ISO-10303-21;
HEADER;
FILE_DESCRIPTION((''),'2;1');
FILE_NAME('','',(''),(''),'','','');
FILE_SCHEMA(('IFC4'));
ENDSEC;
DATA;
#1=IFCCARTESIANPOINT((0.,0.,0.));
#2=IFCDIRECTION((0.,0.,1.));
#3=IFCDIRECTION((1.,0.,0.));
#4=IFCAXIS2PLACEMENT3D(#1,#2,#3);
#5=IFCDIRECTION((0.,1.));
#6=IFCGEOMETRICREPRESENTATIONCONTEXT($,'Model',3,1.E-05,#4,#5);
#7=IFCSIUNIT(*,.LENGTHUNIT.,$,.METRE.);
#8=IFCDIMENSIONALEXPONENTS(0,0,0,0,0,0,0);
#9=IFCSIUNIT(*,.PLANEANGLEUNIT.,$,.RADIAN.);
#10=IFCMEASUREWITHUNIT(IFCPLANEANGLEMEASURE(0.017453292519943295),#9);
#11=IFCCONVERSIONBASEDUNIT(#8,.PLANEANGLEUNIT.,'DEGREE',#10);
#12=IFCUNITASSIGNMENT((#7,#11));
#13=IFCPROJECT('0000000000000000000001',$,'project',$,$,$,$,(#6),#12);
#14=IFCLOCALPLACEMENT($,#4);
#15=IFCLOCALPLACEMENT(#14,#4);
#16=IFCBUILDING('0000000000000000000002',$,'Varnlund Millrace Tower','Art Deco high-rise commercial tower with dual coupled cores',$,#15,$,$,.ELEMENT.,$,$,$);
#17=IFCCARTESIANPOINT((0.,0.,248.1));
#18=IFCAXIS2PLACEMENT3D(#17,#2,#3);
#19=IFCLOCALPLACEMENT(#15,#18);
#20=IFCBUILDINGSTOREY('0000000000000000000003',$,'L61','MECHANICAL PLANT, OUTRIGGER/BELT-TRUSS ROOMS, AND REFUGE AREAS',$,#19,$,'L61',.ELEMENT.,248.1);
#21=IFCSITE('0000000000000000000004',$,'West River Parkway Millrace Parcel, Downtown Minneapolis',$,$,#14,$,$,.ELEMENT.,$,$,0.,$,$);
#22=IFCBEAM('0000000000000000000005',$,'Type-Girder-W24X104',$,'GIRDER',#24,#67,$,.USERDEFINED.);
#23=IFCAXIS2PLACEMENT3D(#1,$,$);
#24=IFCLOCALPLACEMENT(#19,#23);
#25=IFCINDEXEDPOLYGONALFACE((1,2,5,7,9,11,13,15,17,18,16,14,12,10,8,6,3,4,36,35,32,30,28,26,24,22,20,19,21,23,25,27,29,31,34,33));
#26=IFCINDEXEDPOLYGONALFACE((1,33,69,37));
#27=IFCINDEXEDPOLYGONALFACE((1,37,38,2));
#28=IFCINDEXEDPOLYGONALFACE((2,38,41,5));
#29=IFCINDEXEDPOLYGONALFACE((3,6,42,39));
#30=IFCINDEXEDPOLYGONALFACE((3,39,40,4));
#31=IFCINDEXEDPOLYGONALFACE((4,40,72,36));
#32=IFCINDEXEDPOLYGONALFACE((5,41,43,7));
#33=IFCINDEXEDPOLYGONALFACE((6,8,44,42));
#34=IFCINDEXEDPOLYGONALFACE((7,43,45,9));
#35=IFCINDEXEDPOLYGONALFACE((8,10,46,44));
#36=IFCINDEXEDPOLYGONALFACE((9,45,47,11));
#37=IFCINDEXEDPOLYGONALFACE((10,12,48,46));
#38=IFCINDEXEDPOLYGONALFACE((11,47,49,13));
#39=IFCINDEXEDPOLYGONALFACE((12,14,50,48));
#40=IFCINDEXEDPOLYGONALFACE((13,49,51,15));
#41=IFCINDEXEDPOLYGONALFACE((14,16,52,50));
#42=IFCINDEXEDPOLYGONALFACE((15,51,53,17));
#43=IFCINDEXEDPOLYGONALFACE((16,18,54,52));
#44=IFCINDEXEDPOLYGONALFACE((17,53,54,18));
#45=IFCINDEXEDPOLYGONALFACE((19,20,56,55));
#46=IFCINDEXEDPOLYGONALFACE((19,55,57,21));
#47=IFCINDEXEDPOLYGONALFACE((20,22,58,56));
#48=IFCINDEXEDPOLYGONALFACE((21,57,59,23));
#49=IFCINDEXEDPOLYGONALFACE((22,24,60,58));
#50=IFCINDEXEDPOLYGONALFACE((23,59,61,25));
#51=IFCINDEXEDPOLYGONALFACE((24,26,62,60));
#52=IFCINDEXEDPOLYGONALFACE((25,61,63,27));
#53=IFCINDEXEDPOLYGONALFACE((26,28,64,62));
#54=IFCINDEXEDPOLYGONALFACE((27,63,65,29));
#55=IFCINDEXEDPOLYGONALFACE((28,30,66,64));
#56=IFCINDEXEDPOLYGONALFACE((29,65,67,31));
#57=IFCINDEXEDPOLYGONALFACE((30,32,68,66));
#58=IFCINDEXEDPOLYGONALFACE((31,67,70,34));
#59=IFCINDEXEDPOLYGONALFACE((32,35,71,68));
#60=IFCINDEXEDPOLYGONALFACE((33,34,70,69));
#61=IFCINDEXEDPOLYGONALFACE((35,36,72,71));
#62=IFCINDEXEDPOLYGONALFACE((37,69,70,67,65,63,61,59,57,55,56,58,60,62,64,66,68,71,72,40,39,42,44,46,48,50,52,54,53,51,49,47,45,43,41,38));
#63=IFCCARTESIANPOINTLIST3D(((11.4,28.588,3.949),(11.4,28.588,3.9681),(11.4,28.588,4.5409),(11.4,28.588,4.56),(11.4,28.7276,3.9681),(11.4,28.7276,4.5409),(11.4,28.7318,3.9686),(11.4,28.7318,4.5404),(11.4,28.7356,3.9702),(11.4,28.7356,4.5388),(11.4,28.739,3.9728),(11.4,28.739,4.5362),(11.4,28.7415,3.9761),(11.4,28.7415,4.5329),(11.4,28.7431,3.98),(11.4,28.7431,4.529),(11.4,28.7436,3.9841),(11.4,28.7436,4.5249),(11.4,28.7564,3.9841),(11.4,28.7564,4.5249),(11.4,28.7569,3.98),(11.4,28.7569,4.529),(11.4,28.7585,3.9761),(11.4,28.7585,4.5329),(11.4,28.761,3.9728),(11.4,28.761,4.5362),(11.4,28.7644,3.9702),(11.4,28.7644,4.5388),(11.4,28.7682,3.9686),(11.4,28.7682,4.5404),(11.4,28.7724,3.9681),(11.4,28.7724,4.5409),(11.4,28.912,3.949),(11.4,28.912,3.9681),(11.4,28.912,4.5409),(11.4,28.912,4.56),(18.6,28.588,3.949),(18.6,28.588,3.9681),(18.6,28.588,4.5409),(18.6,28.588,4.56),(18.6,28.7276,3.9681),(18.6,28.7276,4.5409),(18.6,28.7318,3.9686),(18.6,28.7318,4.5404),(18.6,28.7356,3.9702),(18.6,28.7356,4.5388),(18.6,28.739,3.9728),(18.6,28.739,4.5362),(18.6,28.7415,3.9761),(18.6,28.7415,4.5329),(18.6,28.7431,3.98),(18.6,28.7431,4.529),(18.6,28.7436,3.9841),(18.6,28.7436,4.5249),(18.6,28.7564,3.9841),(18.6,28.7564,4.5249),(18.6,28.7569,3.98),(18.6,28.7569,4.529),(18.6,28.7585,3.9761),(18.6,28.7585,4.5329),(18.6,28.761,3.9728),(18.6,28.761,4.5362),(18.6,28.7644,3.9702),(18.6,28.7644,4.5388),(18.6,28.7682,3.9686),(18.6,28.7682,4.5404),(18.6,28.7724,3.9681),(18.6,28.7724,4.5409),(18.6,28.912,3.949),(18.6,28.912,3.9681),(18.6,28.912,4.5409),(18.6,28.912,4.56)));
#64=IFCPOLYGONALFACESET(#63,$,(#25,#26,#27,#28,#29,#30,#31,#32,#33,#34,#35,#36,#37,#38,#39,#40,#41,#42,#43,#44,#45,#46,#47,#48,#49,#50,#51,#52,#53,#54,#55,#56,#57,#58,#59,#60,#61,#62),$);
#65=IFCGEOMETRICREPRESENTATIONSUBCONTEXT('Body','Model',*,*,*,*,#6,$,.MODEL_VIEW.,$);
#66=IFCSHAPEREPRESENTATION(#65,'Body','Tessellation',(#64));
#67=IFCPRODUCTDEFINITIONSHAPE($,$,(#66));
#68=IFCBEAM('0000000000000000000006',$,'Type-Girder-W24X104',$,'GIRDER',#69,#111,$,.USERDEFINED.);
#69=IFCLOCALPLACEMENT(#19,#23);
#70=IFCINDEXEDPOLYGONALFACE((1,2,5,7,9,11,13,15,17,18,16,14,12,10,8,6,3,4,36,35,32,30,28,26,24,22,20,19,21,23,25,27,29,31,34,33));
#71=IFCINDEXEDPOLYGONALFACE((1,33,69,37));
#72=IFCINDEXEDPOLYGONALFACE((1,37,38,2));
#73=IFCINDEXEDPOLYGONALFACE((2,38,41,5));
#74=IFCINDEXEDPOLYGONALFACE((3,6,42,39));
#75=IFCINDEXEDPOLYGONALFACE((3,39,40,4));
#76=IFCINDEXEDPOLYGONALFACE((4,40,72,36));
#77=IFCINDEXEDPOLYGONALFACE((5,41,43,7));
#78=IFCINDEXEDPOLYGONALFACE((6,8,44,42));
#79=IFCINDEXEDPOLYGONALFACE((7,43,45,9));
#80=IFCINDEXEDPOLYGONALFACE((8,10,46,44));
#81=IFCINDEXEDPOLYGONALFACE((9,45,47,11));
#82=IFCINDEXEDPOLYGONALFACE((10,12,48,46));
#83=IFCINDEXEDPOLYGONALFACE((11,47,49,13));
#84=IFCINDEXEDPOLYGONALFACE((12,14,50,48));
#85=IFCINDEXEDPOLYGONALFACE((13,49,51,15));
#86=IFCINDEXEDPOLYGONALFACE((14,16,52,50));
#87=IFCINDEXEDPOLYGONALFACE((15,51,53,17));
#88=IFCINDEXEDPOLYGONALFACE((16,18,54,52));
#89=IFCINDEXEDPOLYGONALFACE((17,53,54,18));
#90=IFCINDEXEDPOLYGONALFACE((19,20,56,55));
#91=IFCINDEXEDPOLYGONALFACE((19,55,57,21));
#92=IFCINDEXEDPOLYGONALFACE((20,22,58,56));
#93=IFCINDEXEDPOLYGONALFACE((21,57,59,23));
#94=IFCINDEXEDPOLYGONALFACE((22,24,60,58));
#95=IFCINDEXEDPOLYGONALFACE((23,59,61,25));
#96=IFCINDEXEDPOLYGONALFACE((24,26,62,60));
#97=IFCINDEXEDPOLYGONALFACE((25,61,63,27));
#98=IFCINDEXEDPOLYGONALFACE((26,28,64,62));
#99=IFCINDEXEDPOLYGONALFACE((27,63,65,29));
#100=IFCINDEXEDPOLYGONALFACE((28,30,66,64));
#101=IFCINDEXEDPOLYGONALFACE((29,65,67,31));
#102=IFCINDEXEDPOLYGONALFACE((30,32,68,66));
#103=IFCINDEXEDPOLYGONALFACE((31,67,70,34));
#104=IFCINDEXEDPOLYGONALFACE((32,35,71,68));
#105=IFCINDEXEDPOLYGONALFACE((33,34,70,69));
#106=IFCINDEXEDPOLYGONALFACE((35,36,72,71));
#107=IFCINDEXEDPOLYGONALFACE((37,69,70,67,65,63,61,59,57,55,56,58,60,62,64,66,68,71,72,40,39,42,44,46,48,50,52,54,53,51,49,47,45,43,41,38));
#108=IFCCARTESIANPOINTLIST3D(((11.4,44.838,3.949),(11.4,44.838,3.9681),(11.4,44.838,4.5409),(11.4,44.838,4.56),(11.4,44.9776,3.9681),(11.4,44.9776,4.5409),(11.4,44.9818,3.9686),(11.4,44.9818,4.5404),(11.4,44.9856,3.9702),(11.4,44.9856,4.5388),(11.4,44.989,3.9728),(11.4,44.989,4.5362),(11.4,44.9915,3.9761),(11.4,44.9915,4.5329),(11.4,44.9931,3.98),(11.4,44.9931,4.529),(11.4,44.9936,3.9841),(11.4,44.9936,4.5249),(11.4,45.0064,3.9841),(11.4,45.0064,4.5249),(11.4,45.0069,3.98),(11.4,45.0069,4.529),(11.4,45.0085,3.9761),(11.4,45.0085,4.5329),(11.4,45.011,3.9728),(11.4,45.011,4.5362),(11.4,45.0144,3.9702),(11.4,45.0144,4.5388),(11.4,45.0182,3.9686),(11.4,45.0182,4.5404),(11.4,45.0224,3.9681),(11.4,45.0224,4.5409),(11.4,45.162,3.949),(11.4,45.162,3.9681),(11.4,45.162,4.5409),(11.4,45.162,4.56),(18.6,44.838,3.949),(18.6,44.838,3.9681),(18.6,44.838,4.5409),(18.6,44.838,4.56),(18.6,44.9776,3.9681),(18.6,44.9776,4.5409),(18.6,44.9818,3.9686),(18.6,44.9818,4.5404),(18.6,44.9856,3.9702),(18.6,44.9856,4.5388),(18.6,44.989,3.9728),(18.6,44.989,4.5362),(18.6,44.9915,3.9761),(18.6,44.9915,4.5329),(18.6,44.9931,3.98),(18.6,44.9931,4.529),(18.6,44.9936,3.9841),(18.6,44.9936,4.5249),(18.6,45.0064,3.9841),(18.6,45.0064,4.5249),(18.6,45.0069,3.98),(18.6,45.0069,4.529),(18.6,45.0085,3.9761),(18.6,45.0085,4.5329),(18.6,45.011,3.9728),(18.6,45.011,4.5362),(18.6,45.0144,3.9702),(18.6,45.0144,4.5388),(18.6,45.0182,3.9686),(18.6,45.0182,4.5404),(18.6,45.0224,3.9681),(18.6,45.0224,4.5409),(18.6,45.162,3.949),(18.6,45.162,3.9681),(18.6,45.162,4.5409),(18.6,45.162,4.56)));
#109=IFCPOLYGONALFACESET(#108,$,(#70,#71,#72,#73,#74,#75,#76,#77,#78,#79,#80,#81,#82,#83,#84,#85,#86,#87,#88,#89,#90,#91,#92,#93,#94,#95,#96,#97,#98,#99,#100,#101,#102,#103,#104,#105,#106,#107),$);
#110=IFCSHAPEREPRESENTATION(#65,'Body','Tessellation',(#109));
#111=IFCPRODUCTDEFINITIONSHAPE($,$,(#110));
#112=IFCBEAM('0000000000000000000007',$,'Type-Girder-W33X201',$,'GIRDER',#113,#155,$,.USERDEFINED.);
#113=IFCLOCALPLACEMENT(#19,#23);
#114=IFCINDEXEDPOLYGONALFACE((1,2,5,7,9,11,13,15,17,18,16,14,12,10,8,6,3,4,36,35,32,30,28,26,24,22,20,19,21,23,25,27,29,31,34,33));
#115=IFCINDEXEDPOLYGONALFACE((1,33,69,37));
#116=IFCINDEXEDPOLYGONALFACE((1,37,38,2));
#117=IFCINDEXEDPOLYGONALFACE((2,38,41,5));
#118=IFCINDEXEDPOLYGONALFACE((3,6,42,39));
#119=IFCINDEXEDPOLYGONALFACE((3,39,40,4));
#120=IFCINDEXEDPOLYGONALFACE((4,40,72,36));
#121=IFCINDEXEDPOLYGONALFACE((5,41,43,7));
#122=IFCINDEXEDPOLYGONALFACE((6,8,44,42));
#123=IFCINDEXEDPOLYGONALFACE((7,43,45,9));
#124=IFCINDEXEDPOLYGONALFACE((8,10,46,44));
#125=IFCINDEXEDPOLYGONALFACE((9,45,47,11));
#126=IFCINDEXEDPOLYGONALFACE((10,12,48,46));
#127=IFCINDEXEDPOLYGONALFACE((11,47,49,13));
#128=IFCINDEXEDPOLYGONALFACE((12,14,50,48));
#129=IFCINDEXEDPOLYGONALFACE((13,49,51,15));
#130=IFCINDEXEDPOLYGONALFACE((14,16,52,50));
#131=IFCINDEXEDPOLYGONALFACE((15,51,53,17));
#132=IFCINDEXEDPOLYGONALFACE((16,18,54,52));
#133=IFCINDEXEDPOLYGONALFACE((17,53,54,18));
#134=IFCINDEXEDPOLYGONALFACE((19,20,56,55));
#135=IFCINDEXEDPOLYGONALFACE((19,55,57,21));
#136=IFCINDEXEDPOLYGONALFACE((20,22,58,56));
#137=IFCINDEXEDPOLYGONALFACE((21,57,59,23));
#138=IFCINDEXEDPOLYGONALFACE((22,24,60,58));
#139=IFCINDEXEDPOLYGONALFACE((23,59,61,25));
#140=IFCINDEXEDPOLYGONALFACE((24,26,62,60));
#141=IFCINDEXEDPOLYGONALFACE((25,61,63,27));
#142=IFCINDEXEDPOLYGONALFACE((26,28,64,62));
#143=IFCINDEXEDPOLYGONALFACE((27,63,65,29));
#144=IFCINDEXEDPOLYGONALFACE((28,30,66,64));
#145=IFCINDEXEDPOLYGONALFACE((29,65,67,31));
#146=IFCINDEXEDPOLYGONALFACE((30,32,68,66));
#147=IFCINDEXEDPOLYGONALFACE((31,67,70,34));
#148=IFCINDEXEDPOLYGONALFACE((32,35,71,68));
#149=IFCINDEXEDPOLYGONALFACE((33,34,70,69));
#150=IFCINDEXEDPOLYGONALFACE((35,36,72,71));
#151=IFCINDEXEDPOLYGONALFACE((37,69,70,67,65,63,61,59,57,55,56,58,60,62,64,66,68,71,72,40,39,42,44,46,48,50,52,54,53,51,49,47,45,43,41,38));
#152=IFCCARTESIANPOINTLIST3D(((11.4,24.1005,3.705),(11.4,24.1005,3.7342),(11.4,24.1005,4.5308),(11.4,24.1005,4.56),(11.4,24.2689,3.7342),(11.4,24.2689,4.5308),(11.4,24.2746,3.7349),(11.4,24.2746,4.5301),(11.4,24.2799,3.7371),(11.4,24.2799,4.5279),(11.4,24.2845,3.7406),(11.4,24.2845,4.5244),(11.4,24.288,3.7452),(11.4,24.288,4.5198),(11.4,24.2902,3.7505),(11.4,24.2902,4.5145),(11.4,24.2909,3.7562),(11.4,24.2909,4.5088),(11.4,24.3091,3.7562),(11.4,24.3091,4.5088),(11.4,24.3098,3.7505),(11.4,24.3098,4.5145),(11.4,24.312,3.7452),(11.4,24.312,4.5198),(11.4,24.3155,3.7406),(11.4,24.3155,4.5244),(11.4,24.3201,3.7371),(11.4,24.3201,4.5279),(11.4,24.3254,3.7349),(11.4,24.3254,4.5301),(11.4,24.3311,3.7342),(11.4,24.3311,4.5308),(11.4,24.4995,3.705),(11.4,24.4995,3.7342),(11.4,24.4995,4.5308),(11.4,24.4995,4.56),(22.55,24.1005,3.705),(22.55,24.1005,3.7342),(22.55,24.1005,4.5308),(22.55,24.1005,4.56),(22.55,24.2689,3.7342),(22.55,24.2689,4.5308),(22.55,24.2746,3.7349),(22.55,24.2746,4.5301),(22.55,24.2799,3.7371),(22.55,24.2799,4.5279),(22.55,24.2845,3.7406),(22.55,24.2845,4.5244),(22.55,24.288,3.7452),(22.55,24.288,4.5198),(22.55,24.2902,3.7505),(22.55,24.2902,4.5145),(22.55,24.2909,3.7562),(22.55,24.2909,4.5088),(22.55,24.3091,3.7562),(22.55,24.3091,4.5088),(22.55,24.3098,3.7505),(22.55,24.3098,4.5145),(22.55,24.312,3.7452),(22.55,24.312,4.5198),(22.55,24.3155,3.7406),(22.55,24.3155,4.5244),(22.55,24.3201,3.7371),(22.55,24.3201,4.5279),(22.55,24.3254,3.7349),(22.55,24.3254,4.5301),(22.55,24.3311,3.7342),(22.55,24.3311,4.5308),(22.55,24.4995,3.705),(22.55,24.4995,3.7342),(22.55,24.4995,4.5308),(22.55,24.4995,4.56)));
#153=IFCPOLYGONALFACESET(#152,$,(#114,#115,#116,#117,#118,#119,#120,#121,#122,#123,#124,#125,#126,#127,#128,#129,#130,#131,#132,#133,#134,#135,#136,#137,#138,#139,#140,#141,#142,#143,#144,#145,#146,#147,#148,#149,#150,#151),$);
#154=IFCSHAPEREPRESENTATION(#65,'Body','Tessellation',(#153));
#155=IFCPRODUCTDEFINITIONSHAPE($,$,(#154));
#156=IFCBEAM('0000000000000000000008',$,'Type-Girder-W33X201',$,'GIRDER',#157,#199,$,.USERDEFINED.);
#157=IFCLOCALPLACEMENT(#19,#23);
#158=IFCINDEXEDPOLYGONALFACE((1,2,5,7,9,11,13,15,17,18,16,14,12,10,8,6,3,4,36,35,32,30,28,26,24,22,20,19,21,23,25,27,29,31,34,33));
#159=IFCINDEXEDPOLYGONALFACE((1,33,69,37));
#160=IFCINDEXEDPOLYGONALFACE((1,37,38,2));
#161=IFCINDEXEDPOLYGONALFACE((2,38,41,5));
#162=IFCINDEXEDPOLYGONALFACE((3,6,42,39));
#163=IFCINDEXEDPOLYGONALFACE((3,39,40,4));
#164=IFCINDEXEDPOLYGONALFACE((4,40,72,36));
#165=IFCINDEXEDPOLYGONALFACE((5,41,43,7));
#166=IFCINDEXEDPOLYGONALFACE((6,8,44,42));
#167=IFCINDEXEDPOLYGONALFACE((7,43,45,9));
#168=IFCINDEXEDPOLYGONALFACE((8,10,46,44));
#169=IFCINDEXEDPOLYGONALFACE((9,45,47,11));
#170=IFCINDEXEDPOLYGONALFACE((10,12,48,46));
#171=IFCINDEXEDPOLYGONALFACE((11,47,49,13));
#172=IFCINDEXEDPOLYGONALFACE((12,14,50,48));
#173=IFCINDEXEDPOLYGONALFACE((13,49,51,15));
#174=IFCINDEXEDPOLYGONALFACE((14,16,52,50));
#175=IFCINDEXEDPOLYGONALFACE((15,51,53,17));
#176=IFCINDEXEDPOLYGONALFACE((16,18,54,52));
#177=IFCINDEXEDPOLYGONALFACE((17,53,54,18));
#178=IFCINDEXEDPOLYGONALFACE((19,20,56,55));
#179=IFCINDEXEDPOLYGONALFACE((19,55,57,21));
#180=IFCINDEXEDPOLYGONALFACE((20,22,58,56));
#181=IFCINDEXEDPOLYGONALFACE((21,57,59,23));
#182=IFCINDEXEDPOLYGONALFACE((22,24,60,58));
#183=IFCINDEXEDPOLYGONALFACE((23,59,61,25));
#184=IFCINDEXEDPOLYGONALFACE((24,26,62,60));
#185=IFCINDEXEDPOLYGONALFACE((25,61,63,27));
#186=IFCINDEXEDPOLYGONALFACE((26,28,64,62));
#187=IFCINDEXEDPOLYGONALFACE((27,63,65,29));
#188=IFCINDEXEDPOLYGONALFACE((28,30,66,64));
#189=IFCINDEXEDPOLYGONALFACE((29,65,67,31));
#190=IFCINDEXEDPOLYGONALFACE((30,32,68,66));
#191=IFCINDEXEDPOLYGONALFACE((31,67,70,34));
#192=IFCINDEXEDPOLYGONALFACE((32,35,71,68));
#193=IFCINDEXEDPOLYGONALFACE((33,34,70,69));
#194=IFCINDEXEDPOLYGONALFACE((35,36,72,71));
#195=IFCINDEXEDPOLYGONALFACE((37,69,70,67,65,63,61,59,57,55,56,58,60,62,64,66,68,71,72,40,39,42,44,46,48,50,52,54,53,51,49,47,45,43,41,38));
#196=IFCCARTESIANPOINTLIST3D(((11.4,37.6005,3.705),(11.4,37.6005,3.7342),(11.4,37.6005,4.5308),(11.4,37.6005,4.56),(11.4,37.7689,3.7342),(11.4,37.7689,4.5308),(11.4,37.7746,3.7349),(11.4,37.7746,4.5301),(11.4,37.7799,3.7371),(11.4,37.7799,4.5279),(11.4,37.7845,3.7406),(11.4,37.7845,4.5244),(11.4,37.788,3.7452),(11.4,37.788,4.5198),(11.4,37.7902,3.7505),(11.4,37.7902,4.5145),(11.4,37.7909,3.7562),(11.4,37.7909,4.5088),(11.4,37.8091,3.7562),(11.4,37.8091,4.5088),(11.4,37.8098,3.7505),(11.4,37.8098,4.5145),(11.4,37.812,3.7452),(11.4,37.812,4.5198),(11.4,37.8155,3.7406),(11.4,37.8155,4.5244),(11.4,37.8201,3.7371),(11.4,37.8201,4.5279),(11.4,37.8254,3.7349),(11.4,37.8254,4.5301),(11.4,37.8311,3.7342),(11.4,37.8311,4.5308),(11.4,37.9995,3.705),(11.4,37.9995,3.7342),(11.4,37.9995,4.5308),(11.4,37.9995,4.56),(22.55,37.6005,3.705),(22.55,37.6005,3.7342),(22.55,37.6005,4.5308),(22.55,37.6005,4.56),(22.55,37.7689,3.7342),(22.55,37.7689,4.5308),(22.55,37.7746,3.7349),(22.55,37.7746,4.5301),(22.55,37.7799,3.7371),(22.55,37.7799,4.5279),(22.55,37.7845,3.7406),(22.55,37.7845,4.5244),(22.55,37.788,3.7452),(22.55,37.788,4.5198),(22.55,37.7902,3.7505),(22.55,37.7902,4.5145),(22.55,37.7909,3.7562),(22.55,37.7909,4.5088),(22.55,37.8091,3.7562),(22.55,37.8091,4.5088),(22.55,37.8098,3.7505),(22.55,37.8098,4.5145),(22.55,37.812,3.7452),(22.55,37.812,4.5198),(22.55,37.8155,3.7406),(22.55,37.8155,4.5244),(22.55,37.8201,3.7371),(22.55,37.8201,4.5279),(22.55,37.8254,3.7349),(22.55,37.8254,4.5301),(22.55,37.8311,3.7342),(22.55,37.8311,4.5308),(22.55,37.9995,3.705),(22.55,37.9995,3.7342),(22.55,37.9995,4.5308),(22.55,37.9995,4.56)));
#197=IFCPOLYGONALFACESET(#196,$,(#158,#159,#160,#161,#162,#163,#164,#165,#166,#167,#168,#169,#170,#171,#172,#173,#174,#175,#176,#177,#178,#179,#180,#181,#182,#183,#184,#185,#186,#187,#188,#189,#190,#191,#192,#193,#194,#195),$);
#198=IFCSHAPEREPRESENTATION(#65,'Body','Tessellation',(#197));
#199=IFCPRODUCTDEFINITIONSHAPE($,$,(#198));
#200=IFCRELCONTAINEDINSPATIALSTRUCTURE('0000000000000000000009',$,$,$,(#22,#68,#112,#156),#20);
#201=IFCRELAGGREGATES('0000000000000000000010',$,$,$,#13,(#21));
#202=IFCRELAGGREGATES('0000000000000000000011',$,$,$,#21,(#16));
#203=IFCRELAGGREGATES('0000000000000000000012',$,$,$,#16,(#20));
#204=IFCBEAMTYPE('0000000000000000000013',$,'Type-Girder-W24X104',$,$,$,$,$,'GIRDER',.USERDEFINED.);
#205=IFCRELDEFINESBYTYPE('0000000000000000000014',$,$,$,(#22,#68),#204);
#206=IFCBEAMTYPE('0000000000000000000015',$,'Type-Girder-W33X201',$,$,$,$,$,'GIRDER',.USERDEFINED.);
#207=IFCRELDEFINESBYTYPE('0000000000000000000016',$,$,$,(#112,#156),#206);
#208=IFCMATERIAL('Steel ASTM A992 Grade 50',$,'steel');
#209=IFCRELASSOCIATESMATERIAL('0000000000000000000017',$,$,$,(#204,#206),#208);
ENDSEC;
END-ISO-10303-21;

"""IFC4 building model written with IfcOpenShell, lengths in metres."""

from ifc_helpers import new_model, entity, si_unit, converted_unit, direction, frame, origin_with_axes, origin_2d_with_axis, place, context, subcontext, project, spatial, i_section, extrude, material, material_profile, profile_set, type_object, element, save


model = new_model("IFC4")

# Units and contexts
model_context = context("Model", 3, precision=1e-05, world=origin_with_axes(), true_north=direction((0.0, 1.0)))
body_context = subcontext(model_context, "Body", "Model", "MODEL_VIEW")
ifc_project = project(units=[si_unit("LENGTHUNIT", "METRE"), converted_unit("PLANEANGLEUNIT", "DEGREE", entity("IfcPlaneAngleMeasure", 0.017453292519943295), si_unit("PLANEANGLEUNIT", "RADIAN"), dimensions=[0, 0, 0, 0, 0, 0, 0])], contexts=[model_context])

# Site, building, storey
site_placement = place(None, origin_with_axes())
site = spatial("IfcSite", under=ifc_project, at=site_placement, Name="West River Parkway Millrace Parcel, Downtown Minneapolis", CompositionType="ELEMENT", RefElevation=0.0)
building_placement = place(site_placement, origin_with_axes())
building = spatial("IfcBuilding", under=site, at=building_placement, Name="Varnlund Millrace Tower", Description="Art Deco high-rise commercial tower with dual coupled cores", CompositionType="ELEMENT")
storey_placement = place(building_placement, frame((0.0, 0.0, 248.1), z_axis=(0.0, 0.0, 1.0), x_axis=(1.0, 0.0, 0.0)))
storey = spatial("IfcBuildingStorey", under=building, at=storey_placement, Name="L61", Description="MECHANICAL PLANT, OUTRIGGER/BELT-TRUSS ROOMS, AND REFUGE AREAS", LongName="L61", CompositionType="ELEMENT", Elevation=248.1)

# Shared definitions
ifc_material_1 = material(Name="Steel ASTM A992 Grade 50", Category="steel")

# Beams
ifc_material_profile_1 = material_profile(ifc_material_1, i_section(OverallWidth=0.324, OverallDepth=0.611, WebThickness=0.0127, FlangeThickness=0.0191, FilletRadius=0.016, at=origin_2d_with_axis()), Name="Steel ASTM A992 Grade 50")
ifc_profile_set_1 = profile_set([ifc_material_profile_1], Name="Steel ASTM A992 Grade 50")
beam_type_1 = type_object("IfcBeamType", Name="Type-Girder-W24X104", ElementType="GIRDER", PredefinedType="USERDEFINED", material=ifc_profile_set_1)
for number, where, z_axis, x_axis, name in (
    (1, (11.4, 28.75, 4.2545), (1.0, 0.0, 0.0), (0.0, 1.0, 0.0), "Type-Girder-W24X104"),
    (2, (11.4, 45.0, 4.2545), (1.0, 0.0, 0.0), (0.0, 1.0, 0.0), "Type-Girder-W24X104"),
):
    element("IfcBeam", number, at=place(storey_placement, frame(where, z_axis=z_axis, x_axis=x_axis)), inside=storey, type_object=beam_type_1, Name=name, ObjectType="GIRDER", PredefinedType="USERDEFINED", context=body_context, shape_type="SweptSolid", body=[
        extrude(i_section(OverallWidth=0.324, OverallDepth=0.611, WebThickness=0.0127, FlangeThickness=0.0191, FilletRadius=0.016, at=origin_2d_with_axis()), origin_with_axes(), (0.0, 0.0, 1.0), 7.2),
    ])
ifc_material_profile_2 = material_profile(ifc_material_1, i_section(OverallWidth=0.399, OverallDepth=0.855, WebThickness=0.0182, FlangeThickness=0.0292, FilletRadius=0.022, at=origin_2d_with_axis()), Name="Steel ASTM A992 Grade 50")
ifc_profile_set_2 = profile_set([ifc_material_profile_2], Name="Steel ASTM A992 Grade 50")
beam_type_2 = type_object("IfcBeamType", Name="Type-Girder-W33X201", ElementType="GIRDER", PredefinedType="USERDEFINED", material=ifc_profile_set_2)
for number, where, z_axis, x_axis, name in (
    (3, (11.4, 24.3, 4.1325), (1.0, 0.0, 0.0), (0.0, 1.0, 0.0), "Type-Girder-W33X201"),
    (4, (11.4, 37.8, 4.1325), (1.0, 0.0, 0.0), (0.0, 1.0, 0.0), "Type-Girder-W33X201"),
):
    element("IfcBeam", number, at=place(storey_placement, frame(where, z_axis=z_axis, x_axis=x_axis)), inside=storey, type_object=beam_type_2, Name=name, ObjectType="GIRDER", PredefinedType="USERDEFINED", context=body_context, shape_type="SweptSolid", body=[
        extrude(i_section(OverallWidth=0.399, OverallDepth=0.855, WebThickness=0.0182, FlangeThickness=0.0292, FilletRadius=0.022, at=origin_2d_with_axis()), origin_with_axes(), (0.0, 0.0, 1.0), 11.15),
    ])

save(model, "model.ifc")
